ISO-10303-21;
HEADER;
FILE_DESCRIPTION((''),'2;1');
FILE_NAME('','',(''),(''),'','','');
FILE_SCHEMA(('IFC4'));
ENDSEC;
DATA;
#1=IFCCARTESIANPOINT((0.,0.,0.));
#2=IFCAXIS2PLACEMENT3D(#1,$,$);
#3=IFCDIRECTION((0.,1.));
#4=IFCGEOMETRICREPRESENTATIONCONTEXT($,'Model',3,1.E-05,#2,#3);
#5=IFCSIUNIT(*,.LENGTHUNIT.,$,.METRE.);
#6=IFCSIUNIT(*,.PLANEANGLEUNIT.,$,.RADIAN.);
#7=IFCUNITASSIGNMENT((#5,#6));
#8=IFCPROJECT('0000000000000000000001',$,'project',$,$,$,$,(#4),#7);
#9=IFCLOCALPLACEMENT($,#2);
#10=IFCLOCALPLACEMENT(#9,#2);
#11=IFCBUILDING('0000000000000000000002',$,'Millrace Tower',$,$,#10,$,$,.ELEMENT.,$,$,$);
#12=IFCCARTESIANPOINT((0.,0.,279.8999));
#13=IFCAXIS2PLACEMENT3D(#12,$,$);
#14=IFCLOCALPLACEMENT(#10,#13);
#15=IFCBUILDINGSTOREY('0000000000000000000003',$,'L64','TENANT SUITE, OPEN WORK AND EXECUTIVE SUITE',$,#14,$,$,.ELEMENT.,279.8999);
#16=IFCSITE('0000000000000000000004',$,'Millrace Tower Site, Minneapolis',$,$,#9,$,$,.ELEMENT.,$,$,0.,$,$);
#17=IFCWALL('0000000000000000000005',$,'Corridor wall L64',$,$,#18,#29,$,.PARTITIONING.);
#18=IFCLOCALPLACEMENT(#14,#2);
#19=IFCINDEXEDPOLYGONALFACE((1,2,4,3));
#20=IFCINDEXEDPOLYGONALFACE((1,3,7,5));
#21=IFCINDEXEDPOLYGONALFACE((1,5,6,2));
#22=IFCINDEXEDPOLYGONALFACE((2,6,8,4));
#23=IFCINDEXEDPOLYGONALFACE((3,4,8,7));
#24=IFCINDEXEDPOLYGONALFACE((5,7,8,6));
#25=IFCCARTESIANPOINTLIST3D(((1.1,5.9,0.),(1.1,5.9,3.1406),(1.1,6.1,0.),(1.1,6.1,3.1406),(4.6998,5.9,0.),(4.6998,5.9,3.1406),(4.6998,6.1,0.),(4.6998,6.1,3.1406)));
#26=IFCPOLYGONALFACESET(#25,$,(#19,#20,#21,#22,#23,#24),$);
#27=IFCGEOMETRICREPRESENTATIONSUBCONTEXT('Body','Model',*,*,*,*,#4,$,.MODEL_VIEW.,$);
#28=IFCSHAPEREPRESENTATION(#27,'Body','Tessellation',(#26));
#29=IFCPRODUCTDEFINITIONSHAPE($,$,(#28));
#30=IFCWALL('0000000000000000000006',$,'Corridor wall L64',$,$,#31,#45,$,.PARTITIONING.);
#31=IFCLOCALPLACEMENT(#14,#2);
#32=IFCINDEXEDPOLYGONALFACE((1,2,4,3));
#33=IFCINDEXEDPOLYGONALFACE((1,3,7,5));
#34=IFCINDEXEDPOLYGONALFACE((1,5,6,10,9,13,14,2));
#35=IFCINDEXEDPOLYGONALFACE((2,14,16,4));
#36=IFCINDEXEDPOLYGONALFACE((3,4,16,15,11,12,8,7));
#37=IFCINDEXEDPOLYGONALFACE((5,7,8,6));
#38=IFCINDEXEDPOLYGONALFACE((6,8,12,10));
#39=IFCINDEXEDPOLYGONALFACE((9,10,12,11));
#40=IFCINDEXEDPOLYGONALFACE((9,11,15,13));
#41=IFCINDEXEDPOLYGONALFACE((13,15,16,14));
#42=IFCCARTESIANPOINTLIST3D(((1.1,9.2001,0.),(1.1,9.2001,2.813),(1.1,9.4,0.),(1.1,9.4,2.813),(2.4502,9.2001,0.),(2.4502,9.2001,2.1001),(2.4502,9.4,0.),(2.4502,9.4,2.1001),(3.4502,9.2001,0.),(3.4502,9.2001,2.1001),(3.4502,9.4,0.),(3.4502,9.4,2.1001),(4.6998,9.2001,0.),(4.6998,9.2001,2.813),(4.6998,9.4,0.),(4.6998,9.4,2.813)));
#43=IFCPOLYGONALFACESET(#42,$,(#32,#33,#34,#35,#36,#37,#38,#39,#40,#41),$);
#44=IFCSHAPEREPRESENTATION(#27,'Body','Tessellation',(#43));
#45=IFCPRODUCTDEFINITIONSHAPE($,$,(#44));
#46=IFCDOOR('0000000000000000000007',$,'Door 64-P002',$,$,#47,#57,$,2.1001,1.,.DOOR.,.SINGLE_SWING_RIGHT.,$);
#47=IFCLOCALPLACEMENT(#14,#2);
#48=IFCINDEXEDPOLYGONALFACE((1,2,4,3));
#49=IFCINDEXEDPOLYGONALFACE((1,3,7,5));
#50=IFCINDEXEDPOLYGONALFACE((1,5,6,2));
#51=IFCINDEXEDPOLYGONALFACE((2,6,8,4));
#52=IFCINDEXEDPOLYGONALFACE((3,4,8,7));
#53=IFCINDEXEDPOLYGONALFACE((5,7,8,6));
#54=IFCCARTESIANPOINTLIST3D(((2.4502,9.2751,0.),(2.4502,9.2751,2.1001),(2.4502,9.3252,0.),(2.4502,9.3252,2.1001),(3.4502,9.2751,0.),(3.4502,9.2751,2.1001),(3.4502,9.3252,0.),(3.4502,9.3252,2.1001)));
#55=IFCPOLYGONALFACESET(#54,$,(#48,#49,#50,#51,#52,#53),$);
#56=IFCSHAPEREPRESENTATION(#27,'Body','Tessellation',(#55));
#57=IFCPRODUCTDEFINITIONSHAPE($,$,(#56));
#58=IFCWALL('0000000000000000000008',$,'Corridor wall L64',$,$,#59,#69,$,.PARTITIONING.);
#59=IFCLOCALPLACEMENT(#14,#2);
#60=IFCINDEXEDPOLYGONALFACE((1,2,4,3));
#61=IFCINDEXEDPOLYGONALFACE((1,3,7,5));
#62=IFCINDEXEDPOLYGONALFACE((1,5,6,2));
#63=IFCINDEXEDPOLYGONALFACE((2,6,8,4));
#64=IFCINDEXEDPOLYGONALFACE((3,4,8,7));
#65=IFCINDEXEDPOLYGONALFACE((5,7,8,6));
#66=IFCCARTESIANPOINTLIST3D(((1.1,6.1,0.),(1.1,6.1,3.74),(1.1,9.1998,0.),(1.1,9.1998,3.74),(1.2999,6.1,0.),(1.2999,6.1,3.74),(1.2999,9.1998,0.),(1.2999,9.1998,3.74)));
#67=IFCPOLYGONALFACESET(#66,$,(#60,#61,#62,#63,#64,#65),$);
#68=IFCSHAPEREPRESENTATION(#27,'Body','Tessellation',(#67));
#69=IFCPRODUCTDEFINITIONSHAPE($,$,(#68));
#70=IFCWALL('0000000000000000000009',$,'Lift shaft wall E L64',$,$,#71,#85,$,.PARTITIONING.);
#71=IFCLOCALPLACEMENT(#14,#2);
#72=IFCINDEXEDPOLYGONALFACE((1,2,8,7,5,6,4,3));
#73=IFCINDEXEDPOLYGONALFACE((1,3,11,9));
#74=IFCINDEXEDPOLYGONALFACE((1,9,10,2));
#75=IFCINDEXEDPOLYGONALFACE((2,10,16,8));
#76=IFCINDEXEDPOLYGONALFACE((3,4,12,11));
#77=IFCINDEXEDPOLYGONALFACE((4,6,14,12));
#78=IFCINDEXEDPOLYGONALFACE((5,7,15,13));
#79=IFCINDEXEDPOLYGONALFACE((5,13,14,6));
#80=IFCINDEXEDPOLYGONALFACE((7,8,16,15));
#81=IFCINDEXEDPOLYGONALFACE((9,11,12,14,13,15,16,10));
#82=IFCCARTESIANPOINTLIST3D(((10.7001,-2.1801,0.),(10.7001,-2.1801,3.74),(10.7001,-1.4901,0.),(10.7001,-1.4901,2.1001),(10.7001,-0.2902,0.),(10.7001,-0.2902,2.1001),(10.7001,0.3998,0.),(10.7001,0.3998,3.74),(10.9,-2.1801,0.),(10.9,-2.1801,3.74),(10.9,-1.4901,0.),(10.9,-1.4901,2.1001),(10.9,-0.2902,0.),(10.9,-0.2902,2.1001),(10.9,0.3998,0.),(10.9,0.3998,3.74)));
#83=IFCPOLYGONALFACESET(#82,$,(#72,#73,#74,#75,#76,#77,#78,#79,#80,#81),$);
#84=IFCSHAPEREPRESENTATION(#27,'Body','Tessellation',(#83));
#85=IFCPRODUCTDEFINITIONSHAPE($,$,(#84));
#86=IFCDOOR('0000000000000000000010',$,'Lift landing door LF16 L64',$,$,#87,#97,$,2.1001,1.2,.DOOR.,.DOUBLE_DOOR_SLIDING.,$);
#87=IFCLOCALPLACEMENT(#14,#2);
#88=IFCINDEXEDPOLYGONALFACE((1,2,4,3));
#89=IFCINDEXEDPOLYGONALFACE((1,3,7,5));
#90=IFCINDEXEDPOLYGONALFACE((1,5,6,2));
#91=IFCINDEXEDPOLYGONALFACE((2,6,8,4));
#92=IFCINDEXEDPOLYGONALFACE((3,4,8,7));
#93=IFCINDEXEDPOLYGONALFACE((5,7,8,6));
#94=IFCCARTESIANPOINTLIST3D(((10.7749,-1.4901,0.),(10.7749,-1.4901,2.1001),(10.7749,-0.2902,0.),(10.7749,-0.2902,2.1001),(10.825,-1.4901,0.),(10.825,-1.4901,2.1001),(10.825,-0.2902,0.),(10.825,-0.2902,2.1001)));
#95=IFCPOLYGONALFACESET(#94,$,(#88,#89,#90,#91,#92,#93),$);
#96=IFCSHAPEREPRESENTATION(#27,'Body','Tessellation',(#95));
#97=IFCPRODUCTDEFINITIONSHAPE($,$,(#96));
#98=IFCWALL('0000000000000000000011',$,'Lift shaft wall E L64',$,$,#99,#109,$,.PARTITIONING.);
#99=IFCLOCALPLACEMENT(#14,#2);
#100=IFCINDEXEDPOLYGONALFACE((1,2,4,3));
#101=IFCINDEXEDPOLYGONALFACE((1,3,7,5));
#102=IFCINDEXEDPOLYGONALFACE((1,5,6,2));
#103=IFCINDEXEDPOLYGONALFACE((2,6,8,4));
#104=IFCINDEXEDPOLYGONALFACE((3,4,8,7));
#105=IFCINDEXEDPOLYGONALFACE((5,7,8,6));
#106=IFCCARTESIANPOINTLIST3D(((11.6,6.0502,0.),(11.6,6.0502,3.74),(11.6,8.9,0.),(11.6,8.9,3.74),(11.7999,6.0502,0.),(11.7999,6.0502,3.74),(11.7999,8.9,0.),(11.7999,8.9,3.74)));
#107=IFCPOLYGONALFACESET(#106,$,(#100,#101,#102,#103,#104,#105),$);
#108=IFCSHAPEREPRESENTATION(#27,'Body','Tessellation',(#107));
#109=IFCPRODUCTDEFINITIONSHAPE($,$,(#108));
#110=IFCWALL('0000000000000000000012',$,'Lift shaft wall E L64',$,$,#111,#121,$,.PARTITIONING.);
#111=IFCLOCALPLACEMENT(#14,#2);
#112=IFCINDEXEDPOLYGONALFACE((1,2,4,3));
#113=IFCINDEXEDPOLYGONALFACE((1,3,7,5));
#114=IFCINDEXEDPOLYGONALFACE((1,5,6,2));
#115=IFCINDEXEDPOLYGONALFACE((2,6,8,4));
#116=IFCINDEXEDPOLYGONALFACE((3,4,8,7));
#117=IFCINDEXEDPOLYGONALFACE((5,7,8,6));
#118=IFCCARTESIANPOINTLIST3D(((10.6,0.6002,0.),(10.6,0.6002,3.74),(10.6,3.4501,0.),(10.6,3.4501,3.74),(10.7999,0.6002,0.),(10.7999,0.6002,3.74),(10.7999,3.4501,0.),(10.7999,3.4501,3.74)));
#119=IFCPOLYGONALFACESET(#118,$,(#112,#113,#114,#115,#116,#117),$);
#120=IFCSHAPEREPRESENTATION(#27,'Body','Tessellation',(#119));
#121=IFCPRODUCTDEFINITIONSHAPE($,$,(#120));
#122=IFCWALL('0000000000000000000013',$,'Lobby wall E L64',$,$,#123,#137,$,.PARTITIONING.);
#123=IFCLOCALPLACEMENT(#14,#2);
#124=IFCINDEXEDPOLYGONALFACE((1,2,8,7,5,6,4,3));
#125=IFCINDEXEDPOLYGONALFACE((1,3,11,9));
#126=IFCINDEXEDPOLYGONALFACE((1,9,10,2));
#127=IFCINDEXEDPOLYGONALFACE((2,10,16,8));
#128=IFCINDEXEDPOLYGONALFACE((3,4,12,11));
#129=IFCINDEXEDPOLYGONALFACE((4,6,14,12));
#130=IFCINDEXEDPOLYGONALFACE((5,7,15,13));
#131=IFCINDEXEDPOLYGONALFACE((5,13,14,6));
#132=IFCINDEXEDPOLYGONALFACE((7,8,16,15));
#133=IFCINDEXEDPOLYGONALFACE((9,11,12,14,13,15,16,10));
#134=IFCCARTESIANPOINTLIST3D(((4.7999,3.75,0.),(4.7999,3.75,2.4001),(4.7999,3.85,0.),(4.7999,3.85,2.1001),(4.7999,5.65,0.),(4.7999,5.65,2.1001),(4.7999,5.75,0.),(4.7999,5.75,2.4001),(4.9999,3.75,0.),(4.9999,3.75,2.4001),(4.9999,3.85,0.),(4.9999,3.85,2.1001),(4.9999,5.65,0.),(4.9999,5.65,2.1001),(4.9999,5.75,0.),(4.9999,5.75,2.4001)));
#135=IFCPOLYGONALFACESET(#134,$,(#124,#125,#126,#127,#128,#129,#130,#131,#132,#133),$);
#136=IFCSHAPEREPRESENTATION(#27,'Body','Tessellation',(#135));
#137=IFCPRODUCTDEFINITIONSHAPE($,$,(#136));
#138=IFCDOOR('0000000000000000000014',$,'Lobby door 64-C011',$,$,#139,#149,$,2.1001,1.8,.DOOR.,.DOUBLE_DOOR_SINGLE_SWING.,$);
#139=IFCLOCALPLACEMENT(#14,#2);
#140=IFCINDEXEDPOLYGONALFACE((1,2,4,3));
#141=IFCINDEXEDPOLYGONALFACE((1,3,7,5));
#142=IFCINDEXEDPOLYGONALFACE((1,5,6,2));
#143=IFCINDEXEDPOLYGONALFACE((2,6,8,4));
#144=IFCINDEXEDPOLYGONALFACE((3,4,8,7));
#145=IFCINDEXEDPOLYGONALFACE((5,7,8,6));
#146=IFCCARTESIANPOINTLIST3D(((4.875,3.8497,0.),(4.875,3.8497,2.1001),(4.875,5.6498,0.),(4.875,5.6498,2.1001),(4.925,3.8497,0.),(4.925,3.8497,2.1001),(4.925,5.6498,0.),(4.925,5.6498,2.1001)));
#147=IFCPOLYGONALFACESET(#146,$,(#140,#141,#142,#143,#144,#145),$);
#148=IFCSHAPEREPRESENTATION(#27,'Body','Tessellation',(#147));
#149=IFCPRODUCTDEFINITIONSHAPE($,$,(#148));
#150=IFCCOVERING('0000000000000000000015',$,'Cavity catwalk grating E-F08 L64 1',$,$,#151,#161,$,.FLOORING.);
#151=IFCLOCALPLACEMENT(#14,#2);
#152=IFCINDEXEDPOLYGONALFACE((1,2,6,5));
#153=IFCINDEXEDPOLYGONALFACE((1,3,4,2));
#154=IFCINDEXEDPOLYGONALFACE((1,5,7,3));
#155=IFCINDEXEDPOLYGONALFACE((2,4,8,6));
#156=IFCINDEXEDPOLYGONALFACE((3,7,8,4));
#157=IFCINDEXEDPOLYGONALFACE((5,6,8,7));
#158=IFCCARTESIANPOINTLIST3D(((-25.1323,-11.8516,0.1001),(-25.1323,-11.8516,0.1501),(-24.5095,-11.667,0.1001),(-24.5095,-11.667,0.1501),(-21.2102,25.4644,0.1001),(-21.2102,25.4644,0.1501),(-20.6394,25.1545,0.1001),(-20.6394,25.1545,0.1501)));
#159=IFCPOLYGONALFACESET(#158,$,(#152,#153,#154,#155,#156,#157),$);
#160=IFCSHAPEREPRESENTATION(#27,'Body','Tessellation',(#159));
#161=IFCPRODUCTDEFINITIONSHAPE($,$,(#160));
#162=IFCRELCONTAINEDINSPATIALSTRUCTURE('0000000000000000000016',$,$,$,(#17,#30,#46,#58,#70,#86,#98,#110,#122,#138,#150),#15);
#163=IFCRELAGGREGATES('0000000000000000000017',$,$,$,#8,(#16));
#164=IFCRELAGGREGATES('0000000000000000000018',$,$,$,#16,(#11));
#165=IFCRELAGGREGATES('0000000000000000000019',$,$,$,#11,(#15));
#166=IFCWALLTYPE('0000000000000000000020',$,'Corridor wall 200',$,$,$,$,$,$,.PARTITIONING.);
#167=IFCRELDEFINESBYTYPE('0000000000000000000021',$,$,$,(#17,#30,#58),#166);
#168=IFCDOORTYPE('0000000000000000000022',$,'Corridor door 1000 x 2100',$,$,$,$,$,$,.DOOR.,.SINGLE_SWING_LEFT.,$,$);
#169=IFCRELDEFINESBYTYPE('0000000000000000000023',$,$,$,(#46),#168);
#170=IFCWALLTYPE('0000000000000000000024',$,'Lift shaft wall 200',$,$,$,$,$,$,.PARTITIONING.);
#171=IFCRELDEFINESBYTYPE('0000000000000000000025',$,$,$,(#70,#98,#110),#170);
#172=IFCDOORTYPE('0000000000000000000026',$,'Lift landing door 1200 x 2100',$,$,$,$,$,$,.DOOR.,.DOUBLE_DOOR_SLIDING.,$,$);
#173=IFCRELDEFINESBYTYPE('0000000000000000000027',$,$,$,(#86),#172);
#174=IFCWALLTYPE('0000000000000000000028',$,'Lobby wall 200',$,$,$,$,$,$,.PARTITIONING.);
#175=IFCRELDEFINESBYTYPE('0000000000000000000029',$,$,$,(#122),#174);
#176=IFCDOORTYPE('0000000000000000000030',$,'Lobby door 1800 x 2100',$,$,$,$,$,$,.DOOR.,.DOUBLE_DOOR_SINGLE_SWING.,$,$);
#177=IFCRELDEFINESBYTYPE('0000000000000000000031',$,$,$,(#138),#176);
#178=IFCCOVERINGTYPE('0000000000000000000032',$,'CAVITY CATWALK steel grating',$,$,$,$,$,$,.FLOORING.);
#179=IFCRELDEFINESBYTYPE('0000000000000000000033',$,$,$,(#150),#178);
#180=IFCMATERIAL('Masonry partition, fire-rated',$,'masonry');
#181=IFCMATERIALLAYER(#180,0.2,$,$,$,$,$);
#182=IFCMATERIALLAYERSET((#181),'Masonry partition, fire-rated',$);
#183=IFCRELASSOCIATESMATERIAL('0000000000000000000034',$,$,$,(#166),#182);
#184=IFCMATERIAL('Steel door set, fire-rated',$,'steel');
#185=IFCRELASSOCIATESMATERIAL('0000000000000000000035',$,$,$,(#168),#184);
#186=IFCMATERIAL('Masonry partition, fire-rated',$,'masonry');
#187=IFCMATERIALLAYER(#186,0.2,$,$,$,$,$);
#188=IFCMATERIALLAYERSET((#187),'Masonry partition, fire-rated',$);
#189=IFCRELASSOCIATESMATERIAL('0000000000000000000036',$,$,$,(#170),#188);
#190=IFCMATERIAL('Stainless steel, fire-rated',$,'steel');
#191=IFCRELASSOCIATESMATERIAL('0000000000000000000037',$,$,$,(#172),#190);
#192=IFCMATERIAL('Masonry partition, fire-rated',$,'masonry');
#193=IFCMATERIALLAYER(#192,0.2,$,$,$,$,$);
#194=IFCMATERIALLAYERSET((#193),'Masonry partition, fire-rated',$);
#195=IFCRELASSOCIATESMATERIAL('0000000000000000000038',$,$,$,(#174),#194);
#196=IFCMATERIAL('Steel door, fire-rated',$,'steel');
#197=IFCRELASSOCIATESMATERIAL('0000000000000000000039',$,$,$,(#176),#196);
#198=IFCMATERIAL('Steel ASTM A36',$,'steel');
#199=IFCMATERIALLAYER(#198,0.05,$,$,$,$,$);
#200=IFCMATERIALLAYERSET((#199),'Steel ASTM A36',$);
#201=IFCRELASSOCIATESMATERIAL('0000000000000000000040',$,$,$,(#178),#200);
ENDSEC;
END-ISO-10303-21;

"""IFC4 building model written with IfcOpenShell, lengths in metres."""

from ifc_helpers import new_model, si_unit, direction, frame, frame_2d, origin, place, context, subcontext, project, spatial, polyline, rectangle, outline, extrude, material, layer, layer_set, type_object, element, fill, save


model = new_model("IFC4")

# Units and contexts
model_context = context("Model", 3, precision=1e-05, world=origin(), true_north=direction((0.0, 1.0)))
body_context = subcontext(model_context, "Body", "Model", "MODEL_VIEW")
ifc_project = project(units=[si_unit("LENGTHUNIT", "METRE"), si_unit("PLANEANGLEUNIT", "RADIAN")], contexts=[model_context])

# Site, building, storey
site_placement = place(None, origin())
site = spatial("IfcSite", under=ifc_project, at=site_placement, Name="Millrace Tower Site, Minneapolis", CompositionType="ELEMENT", RefElevation=0.0)
building_placement = place(site_placement, origin())
building = spatial("IfcBuilding", under=site, at=building_placement, Name="Millrace Tower", CompositionType="ELEMENT")
storey_placement = place(building_placement, frame((0.0, 0.0, 279.8999)))
storey = spatial("IfcBuildingStorey", under=building, at=storey_placement, Name="L64", Description="TENANT SUITE, OPEN WORK AND EXECUTIVE SUITE", CompositionType="ELEMENT", Elevation=279.8999)

# Wall
ifc_material_1 = material(Name="Masonry partition, fire-rated", Category="masonry")
ifc_layer_1 = layer(ifc_material_1, 0.2)
ifc_layer_set_1 = layer_set([ifc_layer_1], Name="Masonry partition, fire-rated")
wall_type_1 = type_object("IfcWallType", Name="Corridor wall 200", PredefinedType="PARTITIONING", material=ifc_layer_set_1)
wall_1_placement = place(storey_placement, frame((1.1001, 6.0, 0.0), z_axis=(0.0, 0.0, 1.0), x_axis=(1.0, 0.0, 0.0)))
element("IfcWall", 1, at=wall_1_placement, inside=storey, type_object=wall_type_1, Name="Corridor wall L64", PredefinedType="PARTITIONING", context=body_context, shape_type="SweptSolid", body=[
    extrude(rectangle(XDim=3.5999, YDim=0.2, at=frame_2d((1.7998, 0.0))), origin(), (0.0, 0.0, 1.0), 3.1406),
])

# Wall, opening, door
wall_2_placement = place(storey_placement, frame((1.1001, 9.3, 0.0), z_axis=(0.0, 0.0, 1.0), x_axis=(1.0, 0.0, 0.0)))
wall_2 = element("IfcWall", 2, at=wall_2_placement, inside=storey, type_object=wall_type_1, Name="Corridor wall L64", PredefinedType="PARTITIONING", context=body_context, shape_type="SweptSolid", body=[
    extrude(rectangle(XDim=3.5999, YDim=0.2, at=frame_2d((1.7998, 0.0))), origin(), (0.0, 0.0, 1.0), 2.813),
])
opening_1_placement = place(wall_2_placement, frame((1.3501, 0.0, 0.0)))
opening_1 = element("IfcOpeningElement", 3, at=opening_1_placement, cuts=wall_2, PredefinedType="OPENING", context=body_context, shape_type="SweptSolid", body=[
    extrude(rectangle(XDim=1.0, YDim=2.1001, at=frame_2d((0.5, 1.05))), frame((0.0, 0.1099, 0.0), z_axis=(0.0, -1.0, 0.0), x_axis=(1.0, 0.0, 0.0)), (0.0, 0.0, 1.0), 0.22),
])
ifc_material_2 = material(Name="Steel door set, fire-rated", Category="steel")
door_type_1 = type_object("IfcDoorType", Name="Corridor door 1000 x 2100", OperationType="SINGLE_SWING_LEFT", PredefinedType="DOOR", material=ifc_material_2)
door_1_placement = place(opening_1_placement, frame((1.0, 0.0, 0.0), z_axis=(0.0, 0.0, 1.0), x_axis=(-1.0, 0.0, 0.0)))
door_1 = element("IfcDoor", 4, at=door_1_placement, inside=storey, type_object=door_type_1, Name="Door 64-P002", OperationType="SINGLE_SWING_RIGHT", OverallHeight=2.1001, OverallWidth=1.0, PredefinedType="DOOR", context=body_context, shape_type="SweptSolid", body=[
    extrude(rectangle(XDim=1.0, YDim=2.1001, at=frame_2d((0.5, 1.05))), frame((0.0, 0.0249, 0.0), z_axis=(0.0, -1.0, 0.0), x_axis=(1.0, 0.0, 0.0)), (0.0, 0.0, 1.0), 0.05),
])
fill(opening_1, door_1)

# Wall
wall_3_placement = place(storey_placement, frame((1.2, 6.1001, 0.0), z_axis=(0.0, 0.0, 1.0), x_axis=(0.0, 1.0, 0.0)))
element("IfcWall", 5, at=wall_3_placement, inside=storey, type_object=wall_type_1, Name="Corridor wall L64", PredefinedType="PARTITIONING", context=body_context, shape_type="SweptSolid", body=[
    extrude(rectangle(XDim=3.0999, YDim=0.2, at=frame_2d((1.5498, 0.0))), origin(), (0.0, 0.0, 1.0), 3.74),
])

# Wall, opening, door
ifc_material_3 = material(Name="Masonry partition, fire-rated", Category="masonry")
ifc_layer_2 = layer(ifc_material_3, 0.2)
ifc_layer_set_2 = layer_set([ifc_layer_2], Name="Masonry partition, fire-rated")
wall_type_2 = type_object("IfcWallType", Name="Lift shaft wall 200", PredefinedType="PARTITIONING", material=ifc_layer_set_2)
wall_4_placement = place(storey_placement, frame((10.8, 0.3999, 0.0), z_axis=(0.0, 0.0, 1.0), x_axis=(0.0, -1.0, 0.0)))
wall_4 = element("IfcWall", 6, at=wall_4_placement, inside=storey, type_object=wall_type_2, Name="Lift shaft wall E L64", PredefinedType="PARTITIONING", context=body_context, shape_type="SweptSolid", body=[
    extrude(rectangle(XDim=2.5798, YDim=0.2, at=frame_2d((1.29, 0.0))), origin(), (0.0, 0.0, 1.0), 3.74),
])
opening_2_placement = place(wall_4_placement, frame((0.6899, 0.0, 0.0)))
opening_2 = element("IfcOpeningElement", 7, at=opening_2_placement, cuts=wall_4, PredefinedType="OPENING", context=body_context, shape_type="SweptSolid", body=[
    extrude(rectangle(XDim=1.2, YDim=2.1001, at=frame_2d((0.6001, 1.05))), frame((0.0, 0.1099, 0.0), z_axis=(0.0, -1.0, 0.0), x_axis=(1.0, 0.0, 0.0)), (0.0, 0.0, 1.0), 0.22),
])
ifc_material_4 = material(Name="Stainless steel, fire-rated", Category="steel")
door_type_2 = type_object("IfcDoorType", Name="Lift landing door 1200 x 2100", OperationType="DOUBLE_DOOR_SLIDING", PredefinedType="DOOR", material=ifc_material_4)
door_2_placement = place(opening_2_placement, origin())
door_2 = element("IfcDoor", 8, at=door_2_placement, inside=storey, type_object=door_type_2, Name="Lift landing door LF16 L64", OperationType="DOUBLE_DOOR_SLIDING", OverallHeight=2.1001, OverallWidth=1.2, PredefinedType="DOOR", context=body_context, shape_type="SweptSolid", body=[
    extrude(rectangle(XDim=1.2, YDim=2.1001, at=frame_2d((0.6001, 1.05))), frame((0.0, 0.0249, 0.0), z_axis=(0.0, -1.0, 0.0), x_axis=(1.0, 0.0, 0.0)), (0.0, 0.0, 1.0), 0.05),
])
fill(opening_2, door_2)

# Walls
for number, where, z_axis, x_axis, name in (
    (9, (11.7, 8.8999, 0.0), (0.0, 0.0, 1.0), (0.0, -1.0, 0.0), "Lift shaft wall E L64"),
    (10, (10.7, 3.45, 0.0), (0.0, 0.0, 1.0), (0.0, -1.0, 0.0), "Lift shaft wall E L64"),
):
    element("IfcWall", number, at=place(storey_placement, frame(where, z_axis=z_axis, x_axis=x_axis)), inside=storey, type_object=wall_type_2, Name=name, PredefinedType="PARTITIONING", context=body_context, shape_type="SweptSolid", body=[
        extrude(rectangle(XDim=2.8499, YDim=0.2, at=frame_2d((1.4248, 0.0))), origin(), (0.0, 0.0, 1.0), 3.74),
    ])

# Wall, opening, door
ifc_material_5 = material(Name="Masonry partition, fire-rated", Category="masonry")
ifc_layer_3 = layer(ifc_material_5, 0.2)
ifc_layer_set_3 = layer_set([ifc_layer_3], Name="Masonry partition, fire-rated")
wall_type_3 = type_object("IfcWallType", Name="Lobby wall 200", PredefinedType="PARTITIONING", material=ifc_layer_set_3)
wall_5_placement = place(storey_placement, frame((4.8999, 5.75, 0.0), z_axis=(0.0, 0.0, 1.0), x_axis=(0.0, -1.0, 0.0)))
wall_5 = element("IfcWall", 11, at=wall_5_placement, inside=storey, type_object=wall_type_3, Name="Lobby wall E L64", PredefinedType="PARTITIONING", context=body_context, shape_type="SweptSolid", body=[
    extrude(rectangle(XDim=2.0, YDim=0.2, at=frame_2d((1.0, 0.0))), origin(), (0.0, 0.0, 1.0), 2.4001),
])
opening_3_placement = place(wall_5_placement, frame((0.1001, 0.0, 0.0)))
opening_3 = element("IfcOpeningElement", 12, at=opening_3_placement, cuts=wall_5, PredefinedType="OPENING", context=body_context, shape_type="SweptSolid", body=[
    extrude(rectangle(XDim=1.8, YDim=2.1001, at=frame_2d((0.8999, 1.05))), frame((0.0, 0.1099, 0.0), z_axis=(0.0, -1.0, 0.0), x_axis=(1.0, 0.0, 0.0)), (0.0, 0.0, 1.0), 0.22),
])
ifc_material_6 = material(Name="Steel door, fire-rated", Category="steel")
door_type_3 = type_object("IfcDoorType", Name="Lobby door 1800 x 2100", OperationType="DOUBLE_DOOR_SINGLE_SWING", PredefinedType="DOOR", material=ifc_material_6)
door_3_placement = place(opening_3_placement, frame((1.8, 0.0, 0.0), z_axis=(0.0, 0.0, 1.0), x_axis=(-1.0, 0.0, 0.0)))
door_3 = element("IfcDoor", 13, at=door_3_placement, inside=storey, type_object=door_type_3, Name="Lobby door 64-C011", OperationType="DOUBLE_DOOR_SINGLE_SWING", OverallHeight=2.1001, OverallWidth=1.8, PredefinedType="DOOR", context=body_context, shape_type="SweptSolid", body=[
    extrude(rectangle(XDim=1.8, YDim=2.1001, at=frame_2d((0.8999, 1.05))), frame((0.0, 0.0249, 0.0), z_axis=(0.0, -1.0, 0.0), x_axis=(1.0, 0.0, 0.0)), (0.0, 0.0, 1.0), 0.05),
])
fill(opening_3, door_3)

# Covering
ifc_material_7 = material(Name="Steel ASTM A36", Category="steel")
ifc_layer_4 = layer(ifc_material_7, 0.05)
ifc_layer_set_4 = layer_set([ifc_layer_4], Name="Steel ASTM A36")
covering_type = type_object("IfcCoveringType", Name="CAVITY CATWALK steel grating", PredefinedType="FLOORING", material=ifc_layer_set_4)
covering_placement = place(storey_placement, frame((0.0, 0.0, 0.1001)))
element("IfcCovering", 14, at=covering_placement, inside=storey, type_object=covering_type, Name="Cavity catwalk grating E-F08 L64 1", PredefinedType="FLOORING", context=body_context, shape_type="SweptSolid", body=[
    extrude(outline(polyline([(-21.2102, 25.4644), (-25.1323, -11.8516), (-24.5095, -11.667), (-20.6394, 25.1545), (-21.2102, 25.4644)])), origin(), (0.0, 0.0, 1.0), 0.05),
])

save(model, "model.ifc")
